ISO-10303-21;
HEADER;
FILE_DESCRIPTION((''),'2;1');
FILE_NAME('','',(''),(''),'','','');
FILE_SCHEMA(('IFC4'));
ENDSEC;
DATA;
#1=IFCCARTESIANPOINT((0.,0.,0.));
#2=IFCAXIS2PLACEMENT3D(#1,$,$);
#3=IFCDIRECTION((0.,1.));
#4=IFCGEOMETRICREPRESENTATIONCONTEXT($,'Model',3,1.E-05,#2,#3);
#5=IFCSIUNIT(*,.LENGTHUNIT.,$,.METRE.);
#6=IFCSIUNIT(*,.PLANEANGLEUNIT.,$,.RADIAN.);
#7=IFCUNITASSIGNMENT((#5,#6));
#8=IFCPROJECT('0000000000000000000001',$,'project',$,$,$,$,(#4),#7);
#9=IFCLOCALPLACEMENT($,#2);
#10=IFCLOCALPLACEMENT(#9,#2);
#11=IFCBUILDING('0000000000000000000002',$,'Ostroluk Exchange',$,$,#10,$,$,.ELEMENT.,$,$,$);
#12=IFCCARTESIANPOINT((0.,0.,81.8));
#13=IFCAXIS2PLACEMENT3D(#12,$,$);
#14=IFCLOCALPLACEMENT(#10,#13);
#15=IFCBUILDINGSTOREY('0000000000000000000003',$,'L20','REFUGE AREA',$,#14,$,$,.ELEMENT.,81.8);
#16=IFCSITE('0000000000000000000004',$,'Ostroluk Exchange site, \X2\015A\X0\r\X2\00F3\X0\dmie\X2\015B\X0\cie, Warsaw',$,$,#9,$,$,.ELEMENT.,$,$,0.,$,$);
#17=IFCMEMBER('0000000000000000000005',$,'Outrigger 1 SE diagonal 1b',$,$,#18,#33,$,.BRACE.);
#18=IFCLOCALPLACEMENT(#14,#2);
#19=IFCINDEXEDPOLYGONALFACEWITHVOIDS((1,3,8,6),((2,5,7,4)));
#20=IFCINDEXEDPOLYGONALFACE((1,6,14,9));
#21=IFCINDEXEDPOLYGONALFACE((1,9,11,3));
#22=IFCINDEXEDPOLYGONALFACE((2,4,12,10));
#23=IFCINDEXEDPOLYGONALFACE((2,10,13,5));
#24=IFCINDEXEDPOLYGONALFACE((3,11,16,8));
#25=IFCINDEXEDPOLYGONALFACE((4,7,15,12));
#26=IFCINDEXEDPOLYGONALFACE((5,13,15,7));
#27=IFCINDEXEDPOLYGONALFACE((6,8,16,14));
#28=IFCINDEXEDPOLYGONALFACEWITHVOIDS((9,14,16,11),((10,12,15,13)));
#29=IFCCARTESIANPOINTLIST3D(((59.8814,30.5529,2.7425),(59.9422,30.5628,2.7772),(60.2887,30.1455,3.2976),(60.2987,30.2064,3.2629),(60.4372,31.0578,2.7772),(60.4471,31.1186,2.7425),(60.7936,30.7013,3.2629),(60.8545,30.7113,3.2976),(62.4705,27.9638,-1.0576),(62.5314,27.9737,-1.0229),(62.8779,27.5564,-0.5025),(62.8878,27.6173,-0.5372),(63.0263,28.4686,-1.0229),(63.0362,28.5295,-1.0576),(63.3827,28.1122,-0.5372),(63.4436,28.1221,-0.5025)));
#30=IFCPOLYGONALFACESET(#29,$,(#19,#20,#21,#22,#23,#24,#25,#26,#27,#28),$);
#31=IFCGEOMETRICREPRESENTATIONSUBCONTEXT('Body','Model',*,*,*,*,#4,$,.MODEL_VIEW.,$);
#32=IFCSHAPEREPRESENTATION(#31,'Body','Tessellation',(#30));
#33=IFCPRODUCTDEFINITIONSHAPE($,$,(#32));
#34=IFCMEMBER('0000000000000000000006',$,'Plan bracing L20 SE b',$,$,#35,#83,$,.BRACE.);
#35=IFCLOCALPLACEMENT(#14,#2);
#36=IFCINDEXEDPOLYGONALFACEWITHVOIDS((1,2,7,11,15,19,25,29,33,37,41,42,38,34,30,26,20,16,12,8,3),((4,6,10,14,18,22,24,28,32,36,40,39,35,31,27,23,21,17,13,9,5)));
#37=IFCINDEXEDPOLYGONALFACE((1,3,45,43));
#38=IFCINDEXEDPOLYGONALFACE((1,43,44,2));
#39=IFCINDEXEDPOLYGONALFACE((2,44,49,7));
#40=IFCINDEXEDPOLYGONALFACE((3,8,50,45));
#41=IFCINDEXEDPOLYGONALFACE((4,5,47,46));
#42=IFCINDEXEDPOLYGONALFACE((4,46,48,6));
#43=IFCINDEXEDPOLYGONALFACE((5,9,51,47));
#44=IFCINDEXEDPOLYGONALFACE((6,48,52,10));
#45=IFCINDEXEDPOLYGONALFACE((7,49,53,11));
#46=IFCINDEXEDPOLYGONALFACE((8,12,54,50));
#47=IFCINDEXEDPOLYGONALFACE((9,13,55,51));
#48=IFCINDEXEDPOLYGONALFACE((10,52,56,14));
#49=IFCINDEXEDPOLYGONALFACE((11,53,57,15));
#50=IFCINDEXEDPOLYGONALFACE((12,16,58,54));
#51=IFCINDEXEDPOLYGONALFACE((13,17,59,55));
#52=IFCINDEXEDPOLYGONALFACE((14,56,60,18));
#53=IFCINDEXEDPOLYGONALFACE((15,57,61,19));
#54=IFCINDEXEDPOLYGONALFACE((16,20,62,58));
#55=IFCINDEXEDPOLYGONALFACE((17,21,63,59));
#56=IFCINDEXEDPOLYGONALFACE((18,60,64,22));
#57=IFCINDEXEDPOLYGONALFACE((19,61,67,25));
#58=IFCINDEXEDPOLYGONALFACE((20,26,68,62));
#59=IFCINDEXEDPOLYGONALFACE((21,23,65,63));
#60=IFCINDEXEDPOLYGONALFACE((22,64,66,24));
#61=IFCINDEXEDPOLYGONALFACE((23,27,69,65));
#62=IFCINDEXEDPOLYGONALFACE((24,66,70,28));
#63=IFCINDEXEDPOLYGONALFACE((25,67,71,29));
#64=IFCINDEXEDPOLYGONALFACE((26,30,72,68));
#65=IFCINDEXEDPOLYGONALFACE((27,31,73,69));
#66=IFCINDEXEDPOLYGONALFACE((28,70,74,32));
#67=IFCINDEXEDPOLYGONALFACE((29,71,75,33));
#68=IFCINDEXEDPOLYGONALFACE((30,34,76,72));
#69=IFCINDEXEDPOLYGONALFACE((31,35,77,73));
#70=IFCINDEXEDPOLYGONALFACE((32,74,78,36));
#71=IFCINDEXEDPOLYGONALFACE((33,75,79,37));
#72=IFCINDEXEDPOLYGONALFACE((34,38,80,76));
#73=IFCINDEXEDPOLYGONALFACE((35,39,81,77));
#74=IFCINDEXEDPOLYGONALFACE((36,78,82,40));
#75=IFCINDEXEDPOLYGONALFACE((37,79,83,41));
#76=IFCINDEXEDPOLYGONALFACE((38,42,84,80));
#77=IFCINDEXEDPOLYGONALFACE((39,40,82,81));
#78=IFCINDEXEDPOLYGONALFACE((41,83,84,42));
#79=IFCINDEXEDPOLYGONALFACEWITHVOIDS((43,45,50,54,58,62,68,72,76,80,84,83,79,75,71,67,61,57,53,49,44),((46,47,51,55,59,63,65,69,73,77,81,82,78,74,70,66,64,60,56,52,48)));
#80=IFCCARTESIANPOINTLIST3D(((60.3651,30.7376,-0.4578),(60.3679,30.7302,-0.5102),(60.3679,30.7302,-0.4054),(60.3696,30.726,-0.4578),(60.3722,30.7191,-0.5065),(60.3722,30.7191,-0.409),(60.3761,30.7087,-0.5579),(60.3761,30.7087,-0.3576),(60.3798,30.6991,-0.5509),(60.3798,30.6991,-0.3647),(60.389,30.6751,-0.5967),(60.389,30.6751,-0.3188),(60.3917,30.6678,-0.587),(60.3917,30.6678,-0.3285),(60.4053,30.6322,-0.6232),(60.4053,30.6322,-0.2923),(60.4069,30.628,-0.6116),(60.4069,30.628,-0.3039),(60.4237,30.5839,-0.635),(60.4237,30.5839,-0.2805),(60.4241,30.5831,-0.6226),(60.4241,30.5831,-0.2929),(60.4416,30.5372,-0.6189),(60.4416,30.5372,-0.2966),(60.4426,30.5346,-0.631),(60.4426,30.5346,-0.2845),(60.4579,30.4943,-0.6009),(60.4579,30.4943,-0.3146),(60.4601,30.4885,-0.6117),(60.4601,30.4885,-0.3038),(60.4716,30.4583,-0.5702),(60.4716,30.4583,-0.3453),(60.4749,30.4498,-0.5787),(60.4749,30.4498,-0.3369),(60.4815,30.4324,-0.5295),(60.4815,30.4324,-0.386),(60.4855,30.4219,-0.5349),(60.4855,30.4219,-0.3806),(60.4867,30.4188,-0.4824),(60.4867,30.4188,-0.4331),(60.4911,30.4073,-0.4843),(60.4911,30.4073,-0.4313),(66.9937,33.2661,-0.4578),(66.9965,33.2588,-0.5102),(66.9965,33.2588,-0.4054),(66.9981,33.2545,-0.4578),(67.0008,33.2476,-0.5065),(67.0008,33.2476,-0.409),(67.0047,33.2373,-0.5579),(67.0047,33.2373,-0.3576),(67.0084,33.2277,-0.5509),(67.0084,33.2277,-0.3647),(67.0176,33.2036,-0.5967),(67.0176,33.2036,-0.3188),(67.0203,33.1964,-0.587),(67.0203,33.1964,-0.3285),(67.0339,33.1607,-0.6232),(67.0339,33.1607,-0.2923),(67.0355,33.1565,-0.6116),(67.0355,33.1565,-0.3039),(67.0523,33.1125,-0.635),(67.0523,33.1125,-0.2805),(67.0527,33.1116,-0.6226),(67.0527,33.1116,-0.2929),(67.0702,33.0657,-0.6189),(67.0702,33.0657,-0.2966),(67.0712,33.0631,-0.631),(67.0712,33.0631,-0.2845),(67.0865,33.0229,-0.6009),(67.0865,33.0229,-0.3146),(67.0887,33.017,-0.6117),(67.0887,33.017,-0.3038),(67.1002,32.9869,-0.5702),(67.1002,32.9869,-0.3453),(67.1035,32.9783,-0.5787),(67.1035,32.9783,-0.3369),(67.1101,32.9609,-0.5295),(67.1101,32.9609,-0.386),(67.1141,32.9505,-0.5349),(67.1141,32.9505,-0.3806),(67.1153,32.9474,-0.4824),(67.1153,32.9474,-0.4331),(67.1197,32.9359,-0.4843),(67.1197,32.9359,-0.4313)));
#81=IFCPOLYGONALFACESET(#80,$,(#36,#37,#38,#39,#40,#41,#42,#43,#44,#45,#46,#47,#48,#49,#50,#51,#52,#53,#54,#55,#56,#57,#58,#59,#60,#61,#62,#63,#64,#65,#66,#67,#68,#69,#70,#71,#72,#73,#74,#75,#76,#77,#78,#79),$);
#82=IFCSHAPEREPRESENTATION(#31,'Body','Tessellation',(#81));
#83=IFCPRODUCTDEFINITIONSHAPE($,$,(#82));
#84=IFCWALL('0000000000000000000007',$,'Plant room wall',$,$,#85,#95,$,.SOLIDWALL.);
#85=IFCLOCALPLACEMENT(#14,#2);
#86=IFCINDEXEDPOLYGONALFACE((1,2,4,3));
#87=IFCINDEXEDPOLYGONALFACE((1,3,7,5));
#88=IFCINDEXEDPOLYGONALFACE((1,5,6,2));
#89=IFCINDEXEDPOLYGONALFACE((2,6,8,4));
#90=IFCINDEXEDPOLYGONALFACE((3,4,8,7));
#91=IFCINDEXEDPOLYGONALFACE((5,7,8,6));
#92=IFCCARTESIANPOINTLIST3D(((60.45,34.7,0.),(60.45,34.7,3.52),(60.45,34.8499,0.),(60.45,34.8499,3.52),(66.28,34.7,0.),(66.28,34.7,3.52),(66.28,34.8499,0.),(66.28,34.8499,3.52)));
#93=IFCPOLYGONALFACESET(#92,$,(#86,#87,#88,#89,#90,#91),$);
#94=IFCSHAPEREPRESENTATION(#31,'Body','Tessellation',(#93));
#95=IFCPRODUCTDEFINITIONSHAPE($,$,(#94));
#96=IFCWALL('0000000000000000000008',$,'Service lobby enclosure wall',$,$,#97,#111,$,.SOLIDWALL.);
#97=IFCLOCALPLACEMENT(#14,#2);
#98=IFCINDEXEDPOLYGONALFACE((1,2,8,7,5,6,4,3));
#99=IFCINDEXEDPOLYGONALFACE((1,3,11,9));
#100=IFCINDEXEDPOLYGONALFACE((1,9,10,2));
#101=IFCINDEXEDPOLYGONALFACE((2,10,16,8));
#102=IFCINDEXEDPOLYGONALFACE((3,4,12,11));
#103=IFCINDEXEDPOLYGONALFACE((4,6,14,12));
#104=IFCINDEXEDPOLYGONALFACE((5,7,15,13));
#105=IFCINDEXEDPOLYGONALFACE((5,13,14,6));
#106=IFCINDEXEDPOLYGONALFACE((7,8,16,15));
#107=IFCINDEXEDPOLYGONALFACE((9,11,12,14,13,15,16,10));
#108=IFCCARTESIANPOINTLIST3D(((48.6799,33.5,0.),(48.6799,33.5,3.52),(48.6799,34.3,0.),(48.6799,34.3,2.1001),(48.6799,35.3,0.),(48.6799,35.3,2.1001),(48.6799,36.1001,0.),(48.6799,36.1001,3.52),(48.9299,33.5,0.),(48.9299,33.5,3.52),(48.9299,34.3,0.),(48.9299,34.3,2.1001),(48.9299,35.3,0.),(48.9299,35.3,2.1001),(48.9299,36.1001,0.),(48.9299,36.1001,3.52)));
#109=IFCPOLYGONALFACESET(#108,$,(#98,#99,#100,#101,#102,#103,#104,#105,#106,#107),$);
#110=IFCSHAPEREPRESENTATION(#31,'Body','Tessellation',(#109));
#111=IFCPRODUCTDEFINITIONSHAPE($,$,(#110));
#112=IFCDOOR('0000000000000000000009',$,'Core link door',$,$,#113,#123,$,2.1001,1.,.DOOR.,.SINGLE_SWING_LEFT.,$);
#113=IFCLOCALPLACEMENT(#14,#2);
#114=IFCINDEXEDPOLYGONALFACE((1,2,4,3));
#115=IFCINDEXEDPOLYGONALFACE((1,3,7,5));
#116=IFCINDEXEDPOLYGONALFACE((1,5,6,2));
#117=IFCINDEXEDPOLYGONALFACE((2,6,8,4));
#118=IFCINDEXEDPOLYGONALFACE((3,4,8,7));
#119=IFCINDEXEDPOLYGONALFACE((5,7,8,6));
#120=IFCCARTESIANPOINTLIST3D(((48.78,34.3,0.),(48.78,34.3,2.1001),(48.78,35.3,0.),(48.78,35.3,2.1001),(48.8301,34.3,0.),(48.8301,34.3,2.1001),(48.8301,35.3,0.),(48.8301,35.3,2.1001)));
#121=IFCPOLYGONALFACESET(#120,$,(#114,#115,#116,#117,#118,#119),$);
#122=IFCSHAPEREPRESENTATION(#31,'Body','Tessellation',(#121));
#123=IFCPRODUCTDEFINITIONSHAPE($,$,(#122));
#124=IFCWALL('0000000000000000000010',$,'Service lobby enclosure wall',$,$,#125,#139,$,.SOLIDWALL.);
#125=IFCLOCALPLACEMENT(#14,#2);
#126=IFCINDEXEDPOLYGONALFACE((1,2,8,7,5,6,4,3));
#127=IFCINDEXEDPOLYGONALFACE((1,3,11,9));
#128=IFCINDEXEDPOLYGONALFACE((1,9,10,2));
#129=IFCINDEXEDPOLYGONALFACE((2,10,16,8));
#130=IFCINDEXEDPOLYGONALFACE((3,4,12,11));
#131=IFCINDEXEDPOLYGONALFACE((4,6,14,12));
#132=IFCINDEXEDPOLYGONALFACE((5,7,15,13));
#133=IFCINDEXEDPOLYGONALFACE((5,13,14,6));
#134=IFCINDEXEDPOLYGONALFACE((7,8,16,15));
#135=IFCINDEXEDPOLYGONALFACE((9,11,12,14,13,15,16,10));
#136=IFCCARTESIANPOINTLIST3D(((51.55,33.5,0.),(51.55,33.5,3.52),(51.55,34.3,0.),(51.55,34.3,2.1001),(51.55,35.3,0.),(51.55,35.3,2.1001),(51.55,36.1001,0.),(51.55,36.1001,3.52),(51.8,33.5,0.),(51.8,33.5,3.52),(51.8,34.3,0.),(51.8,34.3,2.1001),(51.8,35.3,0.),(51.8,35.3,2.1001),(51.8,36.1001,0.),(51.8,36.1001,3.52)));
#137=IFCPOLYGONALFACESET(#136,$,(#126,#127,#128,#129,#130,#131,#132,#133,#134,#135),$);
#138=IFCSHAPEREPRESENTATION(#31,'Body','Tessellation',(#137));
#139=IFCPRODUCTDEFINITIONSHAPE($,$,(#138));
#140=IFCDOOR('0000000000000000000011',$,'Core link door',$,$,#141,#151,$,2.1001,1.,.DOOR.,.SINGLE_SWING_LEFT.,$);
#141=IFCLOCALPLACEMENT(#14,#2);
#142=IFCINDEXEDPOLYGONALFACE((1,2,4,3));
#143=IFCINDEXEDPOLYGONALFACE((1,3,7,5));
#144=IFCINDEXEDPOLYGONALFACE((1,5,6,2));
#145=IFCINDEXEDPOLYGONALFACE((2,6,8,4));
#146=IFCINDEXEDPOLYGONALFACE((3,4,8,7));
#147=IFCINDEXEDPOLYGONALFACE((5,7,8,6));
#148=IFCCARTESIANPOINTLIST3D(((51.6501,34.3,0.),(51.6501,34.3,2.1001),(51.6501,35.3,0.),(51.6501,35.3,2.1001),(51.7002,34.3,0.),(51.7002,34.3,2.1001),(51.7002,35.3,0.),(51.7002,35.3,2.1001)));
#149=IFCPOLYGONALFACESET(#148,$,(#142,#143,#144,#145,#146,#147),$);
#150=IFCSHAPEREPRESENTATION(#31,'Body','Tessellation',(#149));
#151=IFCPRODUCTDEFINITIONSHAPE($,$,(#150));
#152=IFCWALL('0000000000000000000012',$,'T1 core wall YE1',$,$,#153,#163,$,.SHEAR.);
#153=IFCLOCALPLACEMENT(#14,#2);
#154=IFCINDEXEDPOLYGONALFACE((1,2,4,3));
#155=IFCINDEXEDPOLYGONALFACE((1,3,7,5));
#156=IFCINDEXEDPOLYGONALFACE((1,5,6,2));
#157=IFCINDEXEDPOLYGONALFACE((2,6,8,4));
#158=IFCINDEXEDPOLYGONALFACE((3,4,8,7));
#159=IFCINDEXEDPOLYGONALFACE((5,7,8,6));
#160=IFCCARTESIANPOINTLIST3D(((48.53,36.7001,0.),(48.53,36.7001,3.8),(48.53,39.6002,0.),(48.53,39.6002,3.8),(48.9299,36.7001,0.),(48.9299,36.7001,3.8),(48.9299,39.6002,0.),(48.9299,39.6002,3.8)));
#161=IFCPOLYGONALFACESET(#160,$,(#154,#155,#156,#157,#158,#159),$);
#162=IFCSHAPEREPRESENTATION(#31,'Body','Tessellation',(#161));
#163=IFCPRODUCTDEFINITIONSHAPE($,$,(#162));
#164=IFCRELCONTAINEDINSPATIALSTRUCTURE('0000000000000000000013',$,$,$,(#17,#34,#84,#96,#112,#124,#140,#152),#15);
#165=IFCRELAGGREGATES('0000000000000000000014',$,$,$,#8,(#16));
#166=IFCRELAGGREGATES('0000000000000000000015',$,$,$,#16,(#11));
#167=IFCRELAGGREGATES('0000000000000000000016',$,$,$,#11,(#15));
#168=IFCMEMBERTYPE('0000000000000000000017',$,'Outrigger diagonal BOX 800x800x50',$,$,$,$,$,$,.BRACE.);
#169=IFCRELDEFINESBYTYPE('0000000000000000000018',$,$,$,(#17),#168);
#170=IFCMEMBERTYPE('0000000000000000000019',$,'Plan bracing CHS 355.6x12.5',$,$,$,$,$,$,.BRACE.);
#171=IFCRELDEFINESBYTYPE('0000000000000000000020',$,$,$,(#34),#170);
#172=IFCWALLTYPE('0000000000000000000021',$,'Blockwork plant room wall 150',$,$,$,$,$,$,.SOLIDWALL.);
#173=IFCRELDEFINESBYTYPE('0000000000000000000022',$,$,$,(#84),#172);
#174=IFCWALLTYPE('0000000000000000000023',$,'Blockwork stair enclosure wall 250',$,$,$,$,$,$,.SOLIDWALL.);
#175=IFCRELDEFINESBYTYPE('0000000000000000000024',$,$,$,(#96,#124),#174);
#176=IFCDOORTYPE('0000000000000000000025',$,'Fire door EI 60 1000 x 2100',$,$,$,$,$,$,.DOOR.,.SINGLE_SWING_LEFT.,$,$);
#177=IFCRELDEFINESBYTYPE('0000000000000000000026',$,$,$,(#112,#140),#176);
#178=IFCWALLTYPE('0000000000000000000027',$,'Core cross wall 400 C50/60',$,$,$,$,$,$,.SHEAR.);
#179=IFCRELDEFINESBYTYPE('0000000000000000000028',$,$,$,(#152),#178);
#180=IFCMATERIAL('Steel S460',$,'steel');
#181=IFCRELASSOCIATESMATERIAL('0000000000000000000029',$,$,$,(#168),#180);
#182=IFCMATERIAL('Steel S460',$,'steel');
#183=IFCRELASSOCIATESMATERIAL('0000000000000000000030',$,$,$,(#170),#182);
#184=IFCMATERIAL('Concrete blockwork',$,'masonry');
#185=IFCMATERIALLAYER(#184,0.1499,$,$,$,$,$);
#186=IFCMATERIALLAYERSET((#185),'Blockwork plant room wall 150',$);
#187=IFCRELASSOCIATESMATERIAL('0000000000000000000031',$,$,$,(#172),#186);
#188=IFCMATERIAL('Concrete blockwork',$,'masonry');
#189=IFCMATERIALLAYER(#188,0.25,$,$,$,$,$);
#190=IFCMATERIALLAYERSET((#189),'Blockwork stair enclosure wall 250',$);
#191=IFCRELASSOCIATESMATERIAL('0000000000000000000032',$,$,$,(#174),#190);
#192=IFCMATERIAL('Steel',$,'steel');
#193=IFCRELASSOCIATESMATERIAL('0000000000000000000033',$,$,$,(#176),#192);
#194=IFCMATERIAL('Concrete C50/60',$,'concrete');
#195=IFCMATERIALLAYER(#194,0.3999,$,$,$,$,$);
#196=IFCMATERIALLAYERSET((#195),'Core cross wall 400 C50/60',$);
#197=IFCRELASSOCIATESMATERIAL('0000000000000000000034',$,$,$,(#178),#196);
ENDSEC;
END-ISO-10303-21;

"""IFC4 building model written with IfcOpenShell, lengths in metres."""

from ifc_helpers import new_model, si_unit, direction, frame, frame_2d, origin, origin_2d, place, context, subcontext, project, spatial, rectangle, hollow_rectangle, hollow_circle, extrude, material, layer, layer_set, material_profile, profile_set, type_object, element, fill, save


model = new_model("IFC4")

# Units and contexts
model_context = context("Model", 3, precision=1e-05, world=origin(), true_north=direction((0.0, 1.0)))
body_context = subcontext(model_context, "Body", "Model", "MODEL_VIEW")
ifc_project = project(units=[si_unit("LENGTHUNIT", "METRE"), si_unit("PLANEANGLEUNIT", "RADIAN")], contexts=[model_context])

# Site, building, storey
site_placement = place(None, origin())
site = spatial("IfcSite", under=ifc_project, at=site_placement, Name="Ostroluk Exchange site, Śródmieście, Warsaw", CompositionType="ELEMENT", RefElevation=0.0)
building_placement = place(site_placement, origin())
building = spatial("IfcBuilding", under=site, at=building_placement, Name="Ostroluk Exchange", CompositionType="ELEMENT")
storey_placement = place(building_placement, frame((0.0, 0.0, 81.8)))
storey = spatial("IfcBuildingStorey", under=building, at=storey_placement, Name="L20", Description="REFUGE AREA", CompositionType="ELEMENT", Elevation=81.8)

# Members
ifc_material_1 = material(Name="Steel S460", Category="steel")
ifc_material_profile_1 = material_profile(ifc_material_1, hollow_rectangle(XDim=0.8, YDim=0.8, WallThickness=0.05, at=origin_2d()), Name="BOX 800x800x50")
ifc_profile_set_1 = profile_set([ifc_material_profile_1], Name="Steel S460")
member_type_1 = type_object("IfcMemberType", Name="Outrigger diagonal BOX 800x800x50", PredefinedType="BRACE", material=ifc_profile_set_1)
member_1_placement = place(storey_placement, frame((60.3679, 30.6321, 3.02), z_axis=(0.490635, -0.490635, -0.720107), x_axis=(0.707107, 0.707107, 0.0)))
element("IfcMember", 1, at=member_1_placement, inside=storey, type_object=member_type_1, Name="Outrigger 1 SE diagonal 1b", PredefinedType="BRACE", context=body_context, shape_type="SweptSolid", body=[
    extrude(hollow_rectangle(XDim=0.8, YDim=0.8, WallThickness=0.05, at=origin_2d()), origin(), (0.0, 0.0, 1.0), 5.2771),
])
ifc_material_2 = material(Name="Steel S460", Category="steel")
ifc_material_profile_2 = material_profile(ifc_material_2, hollow_circle(Radius=0.1777, WallThickness=0.0125, at=origin_2d()), Name="CHS 355.6x12.5")
ifc_profile_set_2 = profile_set([ifc_material_profile_2], Name="Steel S460")
member_type_2 = type_object("IfcMemberType", Name="Plan bracing CHS 355.6x12.5", PredefinedType="BRACE", material=ifc_profile_set_2)
member_2_placement = place(storey_placement, frame((60.4285, 30.5715, -0.4578), z_axis=(0.93433, 0.356409, 0.0), x_axis=(-0.356409, 0.93433, 0.0)))
element("IfcMember", 2, at=member_2_placement, inside=storey, type_object=member_type_2, Name="Plan bracing L20 SE b", PredefinedType="BRACE", context=body_context, shape_type="SweptSolid", body=[
    extrude(hollow_circle(Radius=0.1777, WallThickness=0.0125, at=origin_2d()), origin(), (0.0, 0.0, 1.0), 7.0945),
])

# Wall
ifc_material_3 = material(Name="Concrete blockwork", Category="masonry")
ifc_layer_1 = layer(ifc_material_3, 0.1499)
ifc_layer_set_1 = layer_set([ifc_layer_1], Name="Blockwork plant room wall 150")
wall_type_1 = type_object("IfcWallType", Name="Blockwork plant room wall 150", PredefinedType="SOLIDWALL", material=ifc_layer_set_1)
wall_1_placement = place(storey_placement, frame((60.45, 34.7749, 0.0), z_axis=(0.0, 0.0, 1.0), x_axis=(1.0, 0.0, 0.0)))
element("IfcWall", 3, at=wall_1_placement, inside=storey, type_object=wall_type_1, Name="Plant room wall", PredefinedType="SOLIDWALL", context=body_context, shape_type="SweptSolid", body=[
    extrude(rectangle(XDim=5.8301, YDim=0.1499, at=frame_2d((2.915, 0.0))), origin(), (0.0, 0.0, 1.0), 3.52),
])

# Walls, openings, doors
ifc_material_4 = material(Name="Concrete blockwork", Category="masonry")
ifc_layer_2 = layer(ifc_material_4, 0.25)
ifc_layer_set_2 = layer_set([ifc_layer_2], Name="Blockwork stair enclosure wall 250")
wall_type_2 = type_object("IfcWallType", Name="Blockwork stair enclosure wall 250", PredefinedType="SOLIDWALL", material=ifc_layer_set_2)
wall_2_placement = place(storey_placement, frame((48.8049, 33.5, 0.0), z_axis=(0.0, 0.0, 1.0), x_axis=(0.0, 1.0, 0.0)))
wall_2 = element("IfcWall", 4, at=wall_2_placement, inside=storey, type_object=wall_type_2, Name="Service lobby enclosure wall", PredefinedType="SOLIDWALL", context=body_context, shape_type="SweptSolid", body=[
    extrude(rectangle(XDim=2.6001, YDim=0.25, at=frame_2d((1.3, 0.0))), origin(), (0.0, 0.0, 1.0), 3.52),
])
opening_1_placement = place(wall_2_placement, frame((0.8, 0.0, 0.0)))
opening_1 = element("IfcOpeningElement", 5, at=opening_1_placement, cuts=wall_2, PredefinedType="OPENING", context=body_context, shape_type="SweptSolid", body=[
    extrude(rectangle(XDim=1.0, YDim=2.1001, at=frame_2d((0.5, 1.05))), frame((0.0, 0.135, 0.0), z_axis=(0.0, -1.0, 0.0), x_axis=(1.0, 0.0, 0.0)), (0.0, 0.0, 1.0), 0.27),
])
ifc_material_5 = material(Name="Steel", Category="steel")
door_type_1 = type_object("IfcDoorType", Name="Fire door EI 60 1000 x 2100", OperationType="SINGLE_SWING_LEFT", PredefinedType="DOOR", material=ifc_material_5)
door_1_placement = place(opening_1_placement, origin())
door_1 = element("IfcDoor", 6, at=door_1_placement, inside=storey, type_object=door_type_1, Name="Core link door", OperationType="SINGLE_SWING_LEFT", OverallHeight=2.1001, OverallWidth=1.0, PredefinedType="DOOR", context=body_context, shape_type="SweptSolid", body=[
    extrude(rectangle(XDim=1.0, YDim=2.1001, at=frame_2d((0.5, 1.05))), frame((0.0, 0.0249, 0.0), z_axis=(0.0, -1.0, 0.0), x_axis=(1.0, 0.0, 0.0)), (0.0, 0.0, 1.0), 0.05),
])
fill(opening_1, door_1)
wall_3_placement = place(storey_placement, frame((51.675, 33.5, 0.0), z_axis=(0.0, 0.0, 1.0), x_axis=(0.0, 1.0, 0.0)))
wall_3 = element("IfcWall", 7, at=wall_3_placement, inside=storey, type_object=wall_type_2, Name="Service lobby enclosure wall", PredefinedType="SOLIDWALL", context=body_context, shape_type="SweptSolid", body=[
    extrude(rectangle(XDim=2.6001, YDim=0.25, at=frame_2d((1.3, 0.0))), origin(), (0.0, 0.0, 1.0), 3.52),
])
opening_2_placement = place(wall_3_placement, frame((0.8, 0.0, 0.0)))
opening_2 = element("IfcOpeningElement", 8, at=opening_2_placement, cuts=wall_3, PredefinedType="OPENING", context=body_context, shape_type="SweptSolid", body=[
    extrude(rectangle(XDim=1.0, YDim=2.1001, at=frame_2d((0.5, 1.05))), frame((0.0, 0.135, 0.0), z_axis=(0.0, -1.0, 0.0), x_axis=(1.0, 0.0, 0.0)), (0.0, 0.0, 1.0), 0.27),
])
door_2_placement = place(opening_2_placement, origin())
door_2 = element("IfcDoor", 9, at=door_2_placement, inside=storey, type_object=door_type_1, Name="Core link door", OperationType="SINGLE_SWING_LEFT", OverallHeight=2.1001, OverallWidth=1.0, PredefinedType="DOOR", context=body_context, shape_type="SweptSolid", body=[
    extrude(rectangle(XDim=1.0, YDim=2.1001, at=frame_2d((0.5, 1.05))), frame((0.0, 0.0249, 0.0), z_axis=(0.0, -1.0, 0.0), x_axis=(1.0, 0.0, 0.0)), (0.0, 0.0, 1.0), 0.05),
])
fill(opening_2, door_2)

# Wall
ifc_material_6 = material(Name="Concrete C50/60", Category="concrete")
ifc_layer_3 = layer(ifc_material_6, 0.3999)
ifc_layer_set_3 = layer_set([ifc_layer_3], Name="Core cross wall 400 C50/60")
wall_type_3 = type_object("IfcWallType", Name="Core cross wall 400 C50/60", PredefinedType="SHEAR", material=ifc_layer_set_3)
wall_4_placement = place(storey_placement, frame((48.73, 36.7, 0.0), z_axis=(0.0, 0.0, 1.0), x_axis=(0.0, 1.0, 0.0)))
element("IfcWall", 10, at=wall_4_placement, inside=storey, type_object=wall_type_3, Name="T1 core wall YE1", PredefinedType="SHEAR", context=body_context, shape_type="SweptSolid", body=[
    extrude(rectangle(XDim=2.9001, YDim=0.3999, at=frame_2d((1.4502, 0.0))), origin(), (0.0, 0.0, 1.0), 3.8),
])

save(model, "model.ifc")
